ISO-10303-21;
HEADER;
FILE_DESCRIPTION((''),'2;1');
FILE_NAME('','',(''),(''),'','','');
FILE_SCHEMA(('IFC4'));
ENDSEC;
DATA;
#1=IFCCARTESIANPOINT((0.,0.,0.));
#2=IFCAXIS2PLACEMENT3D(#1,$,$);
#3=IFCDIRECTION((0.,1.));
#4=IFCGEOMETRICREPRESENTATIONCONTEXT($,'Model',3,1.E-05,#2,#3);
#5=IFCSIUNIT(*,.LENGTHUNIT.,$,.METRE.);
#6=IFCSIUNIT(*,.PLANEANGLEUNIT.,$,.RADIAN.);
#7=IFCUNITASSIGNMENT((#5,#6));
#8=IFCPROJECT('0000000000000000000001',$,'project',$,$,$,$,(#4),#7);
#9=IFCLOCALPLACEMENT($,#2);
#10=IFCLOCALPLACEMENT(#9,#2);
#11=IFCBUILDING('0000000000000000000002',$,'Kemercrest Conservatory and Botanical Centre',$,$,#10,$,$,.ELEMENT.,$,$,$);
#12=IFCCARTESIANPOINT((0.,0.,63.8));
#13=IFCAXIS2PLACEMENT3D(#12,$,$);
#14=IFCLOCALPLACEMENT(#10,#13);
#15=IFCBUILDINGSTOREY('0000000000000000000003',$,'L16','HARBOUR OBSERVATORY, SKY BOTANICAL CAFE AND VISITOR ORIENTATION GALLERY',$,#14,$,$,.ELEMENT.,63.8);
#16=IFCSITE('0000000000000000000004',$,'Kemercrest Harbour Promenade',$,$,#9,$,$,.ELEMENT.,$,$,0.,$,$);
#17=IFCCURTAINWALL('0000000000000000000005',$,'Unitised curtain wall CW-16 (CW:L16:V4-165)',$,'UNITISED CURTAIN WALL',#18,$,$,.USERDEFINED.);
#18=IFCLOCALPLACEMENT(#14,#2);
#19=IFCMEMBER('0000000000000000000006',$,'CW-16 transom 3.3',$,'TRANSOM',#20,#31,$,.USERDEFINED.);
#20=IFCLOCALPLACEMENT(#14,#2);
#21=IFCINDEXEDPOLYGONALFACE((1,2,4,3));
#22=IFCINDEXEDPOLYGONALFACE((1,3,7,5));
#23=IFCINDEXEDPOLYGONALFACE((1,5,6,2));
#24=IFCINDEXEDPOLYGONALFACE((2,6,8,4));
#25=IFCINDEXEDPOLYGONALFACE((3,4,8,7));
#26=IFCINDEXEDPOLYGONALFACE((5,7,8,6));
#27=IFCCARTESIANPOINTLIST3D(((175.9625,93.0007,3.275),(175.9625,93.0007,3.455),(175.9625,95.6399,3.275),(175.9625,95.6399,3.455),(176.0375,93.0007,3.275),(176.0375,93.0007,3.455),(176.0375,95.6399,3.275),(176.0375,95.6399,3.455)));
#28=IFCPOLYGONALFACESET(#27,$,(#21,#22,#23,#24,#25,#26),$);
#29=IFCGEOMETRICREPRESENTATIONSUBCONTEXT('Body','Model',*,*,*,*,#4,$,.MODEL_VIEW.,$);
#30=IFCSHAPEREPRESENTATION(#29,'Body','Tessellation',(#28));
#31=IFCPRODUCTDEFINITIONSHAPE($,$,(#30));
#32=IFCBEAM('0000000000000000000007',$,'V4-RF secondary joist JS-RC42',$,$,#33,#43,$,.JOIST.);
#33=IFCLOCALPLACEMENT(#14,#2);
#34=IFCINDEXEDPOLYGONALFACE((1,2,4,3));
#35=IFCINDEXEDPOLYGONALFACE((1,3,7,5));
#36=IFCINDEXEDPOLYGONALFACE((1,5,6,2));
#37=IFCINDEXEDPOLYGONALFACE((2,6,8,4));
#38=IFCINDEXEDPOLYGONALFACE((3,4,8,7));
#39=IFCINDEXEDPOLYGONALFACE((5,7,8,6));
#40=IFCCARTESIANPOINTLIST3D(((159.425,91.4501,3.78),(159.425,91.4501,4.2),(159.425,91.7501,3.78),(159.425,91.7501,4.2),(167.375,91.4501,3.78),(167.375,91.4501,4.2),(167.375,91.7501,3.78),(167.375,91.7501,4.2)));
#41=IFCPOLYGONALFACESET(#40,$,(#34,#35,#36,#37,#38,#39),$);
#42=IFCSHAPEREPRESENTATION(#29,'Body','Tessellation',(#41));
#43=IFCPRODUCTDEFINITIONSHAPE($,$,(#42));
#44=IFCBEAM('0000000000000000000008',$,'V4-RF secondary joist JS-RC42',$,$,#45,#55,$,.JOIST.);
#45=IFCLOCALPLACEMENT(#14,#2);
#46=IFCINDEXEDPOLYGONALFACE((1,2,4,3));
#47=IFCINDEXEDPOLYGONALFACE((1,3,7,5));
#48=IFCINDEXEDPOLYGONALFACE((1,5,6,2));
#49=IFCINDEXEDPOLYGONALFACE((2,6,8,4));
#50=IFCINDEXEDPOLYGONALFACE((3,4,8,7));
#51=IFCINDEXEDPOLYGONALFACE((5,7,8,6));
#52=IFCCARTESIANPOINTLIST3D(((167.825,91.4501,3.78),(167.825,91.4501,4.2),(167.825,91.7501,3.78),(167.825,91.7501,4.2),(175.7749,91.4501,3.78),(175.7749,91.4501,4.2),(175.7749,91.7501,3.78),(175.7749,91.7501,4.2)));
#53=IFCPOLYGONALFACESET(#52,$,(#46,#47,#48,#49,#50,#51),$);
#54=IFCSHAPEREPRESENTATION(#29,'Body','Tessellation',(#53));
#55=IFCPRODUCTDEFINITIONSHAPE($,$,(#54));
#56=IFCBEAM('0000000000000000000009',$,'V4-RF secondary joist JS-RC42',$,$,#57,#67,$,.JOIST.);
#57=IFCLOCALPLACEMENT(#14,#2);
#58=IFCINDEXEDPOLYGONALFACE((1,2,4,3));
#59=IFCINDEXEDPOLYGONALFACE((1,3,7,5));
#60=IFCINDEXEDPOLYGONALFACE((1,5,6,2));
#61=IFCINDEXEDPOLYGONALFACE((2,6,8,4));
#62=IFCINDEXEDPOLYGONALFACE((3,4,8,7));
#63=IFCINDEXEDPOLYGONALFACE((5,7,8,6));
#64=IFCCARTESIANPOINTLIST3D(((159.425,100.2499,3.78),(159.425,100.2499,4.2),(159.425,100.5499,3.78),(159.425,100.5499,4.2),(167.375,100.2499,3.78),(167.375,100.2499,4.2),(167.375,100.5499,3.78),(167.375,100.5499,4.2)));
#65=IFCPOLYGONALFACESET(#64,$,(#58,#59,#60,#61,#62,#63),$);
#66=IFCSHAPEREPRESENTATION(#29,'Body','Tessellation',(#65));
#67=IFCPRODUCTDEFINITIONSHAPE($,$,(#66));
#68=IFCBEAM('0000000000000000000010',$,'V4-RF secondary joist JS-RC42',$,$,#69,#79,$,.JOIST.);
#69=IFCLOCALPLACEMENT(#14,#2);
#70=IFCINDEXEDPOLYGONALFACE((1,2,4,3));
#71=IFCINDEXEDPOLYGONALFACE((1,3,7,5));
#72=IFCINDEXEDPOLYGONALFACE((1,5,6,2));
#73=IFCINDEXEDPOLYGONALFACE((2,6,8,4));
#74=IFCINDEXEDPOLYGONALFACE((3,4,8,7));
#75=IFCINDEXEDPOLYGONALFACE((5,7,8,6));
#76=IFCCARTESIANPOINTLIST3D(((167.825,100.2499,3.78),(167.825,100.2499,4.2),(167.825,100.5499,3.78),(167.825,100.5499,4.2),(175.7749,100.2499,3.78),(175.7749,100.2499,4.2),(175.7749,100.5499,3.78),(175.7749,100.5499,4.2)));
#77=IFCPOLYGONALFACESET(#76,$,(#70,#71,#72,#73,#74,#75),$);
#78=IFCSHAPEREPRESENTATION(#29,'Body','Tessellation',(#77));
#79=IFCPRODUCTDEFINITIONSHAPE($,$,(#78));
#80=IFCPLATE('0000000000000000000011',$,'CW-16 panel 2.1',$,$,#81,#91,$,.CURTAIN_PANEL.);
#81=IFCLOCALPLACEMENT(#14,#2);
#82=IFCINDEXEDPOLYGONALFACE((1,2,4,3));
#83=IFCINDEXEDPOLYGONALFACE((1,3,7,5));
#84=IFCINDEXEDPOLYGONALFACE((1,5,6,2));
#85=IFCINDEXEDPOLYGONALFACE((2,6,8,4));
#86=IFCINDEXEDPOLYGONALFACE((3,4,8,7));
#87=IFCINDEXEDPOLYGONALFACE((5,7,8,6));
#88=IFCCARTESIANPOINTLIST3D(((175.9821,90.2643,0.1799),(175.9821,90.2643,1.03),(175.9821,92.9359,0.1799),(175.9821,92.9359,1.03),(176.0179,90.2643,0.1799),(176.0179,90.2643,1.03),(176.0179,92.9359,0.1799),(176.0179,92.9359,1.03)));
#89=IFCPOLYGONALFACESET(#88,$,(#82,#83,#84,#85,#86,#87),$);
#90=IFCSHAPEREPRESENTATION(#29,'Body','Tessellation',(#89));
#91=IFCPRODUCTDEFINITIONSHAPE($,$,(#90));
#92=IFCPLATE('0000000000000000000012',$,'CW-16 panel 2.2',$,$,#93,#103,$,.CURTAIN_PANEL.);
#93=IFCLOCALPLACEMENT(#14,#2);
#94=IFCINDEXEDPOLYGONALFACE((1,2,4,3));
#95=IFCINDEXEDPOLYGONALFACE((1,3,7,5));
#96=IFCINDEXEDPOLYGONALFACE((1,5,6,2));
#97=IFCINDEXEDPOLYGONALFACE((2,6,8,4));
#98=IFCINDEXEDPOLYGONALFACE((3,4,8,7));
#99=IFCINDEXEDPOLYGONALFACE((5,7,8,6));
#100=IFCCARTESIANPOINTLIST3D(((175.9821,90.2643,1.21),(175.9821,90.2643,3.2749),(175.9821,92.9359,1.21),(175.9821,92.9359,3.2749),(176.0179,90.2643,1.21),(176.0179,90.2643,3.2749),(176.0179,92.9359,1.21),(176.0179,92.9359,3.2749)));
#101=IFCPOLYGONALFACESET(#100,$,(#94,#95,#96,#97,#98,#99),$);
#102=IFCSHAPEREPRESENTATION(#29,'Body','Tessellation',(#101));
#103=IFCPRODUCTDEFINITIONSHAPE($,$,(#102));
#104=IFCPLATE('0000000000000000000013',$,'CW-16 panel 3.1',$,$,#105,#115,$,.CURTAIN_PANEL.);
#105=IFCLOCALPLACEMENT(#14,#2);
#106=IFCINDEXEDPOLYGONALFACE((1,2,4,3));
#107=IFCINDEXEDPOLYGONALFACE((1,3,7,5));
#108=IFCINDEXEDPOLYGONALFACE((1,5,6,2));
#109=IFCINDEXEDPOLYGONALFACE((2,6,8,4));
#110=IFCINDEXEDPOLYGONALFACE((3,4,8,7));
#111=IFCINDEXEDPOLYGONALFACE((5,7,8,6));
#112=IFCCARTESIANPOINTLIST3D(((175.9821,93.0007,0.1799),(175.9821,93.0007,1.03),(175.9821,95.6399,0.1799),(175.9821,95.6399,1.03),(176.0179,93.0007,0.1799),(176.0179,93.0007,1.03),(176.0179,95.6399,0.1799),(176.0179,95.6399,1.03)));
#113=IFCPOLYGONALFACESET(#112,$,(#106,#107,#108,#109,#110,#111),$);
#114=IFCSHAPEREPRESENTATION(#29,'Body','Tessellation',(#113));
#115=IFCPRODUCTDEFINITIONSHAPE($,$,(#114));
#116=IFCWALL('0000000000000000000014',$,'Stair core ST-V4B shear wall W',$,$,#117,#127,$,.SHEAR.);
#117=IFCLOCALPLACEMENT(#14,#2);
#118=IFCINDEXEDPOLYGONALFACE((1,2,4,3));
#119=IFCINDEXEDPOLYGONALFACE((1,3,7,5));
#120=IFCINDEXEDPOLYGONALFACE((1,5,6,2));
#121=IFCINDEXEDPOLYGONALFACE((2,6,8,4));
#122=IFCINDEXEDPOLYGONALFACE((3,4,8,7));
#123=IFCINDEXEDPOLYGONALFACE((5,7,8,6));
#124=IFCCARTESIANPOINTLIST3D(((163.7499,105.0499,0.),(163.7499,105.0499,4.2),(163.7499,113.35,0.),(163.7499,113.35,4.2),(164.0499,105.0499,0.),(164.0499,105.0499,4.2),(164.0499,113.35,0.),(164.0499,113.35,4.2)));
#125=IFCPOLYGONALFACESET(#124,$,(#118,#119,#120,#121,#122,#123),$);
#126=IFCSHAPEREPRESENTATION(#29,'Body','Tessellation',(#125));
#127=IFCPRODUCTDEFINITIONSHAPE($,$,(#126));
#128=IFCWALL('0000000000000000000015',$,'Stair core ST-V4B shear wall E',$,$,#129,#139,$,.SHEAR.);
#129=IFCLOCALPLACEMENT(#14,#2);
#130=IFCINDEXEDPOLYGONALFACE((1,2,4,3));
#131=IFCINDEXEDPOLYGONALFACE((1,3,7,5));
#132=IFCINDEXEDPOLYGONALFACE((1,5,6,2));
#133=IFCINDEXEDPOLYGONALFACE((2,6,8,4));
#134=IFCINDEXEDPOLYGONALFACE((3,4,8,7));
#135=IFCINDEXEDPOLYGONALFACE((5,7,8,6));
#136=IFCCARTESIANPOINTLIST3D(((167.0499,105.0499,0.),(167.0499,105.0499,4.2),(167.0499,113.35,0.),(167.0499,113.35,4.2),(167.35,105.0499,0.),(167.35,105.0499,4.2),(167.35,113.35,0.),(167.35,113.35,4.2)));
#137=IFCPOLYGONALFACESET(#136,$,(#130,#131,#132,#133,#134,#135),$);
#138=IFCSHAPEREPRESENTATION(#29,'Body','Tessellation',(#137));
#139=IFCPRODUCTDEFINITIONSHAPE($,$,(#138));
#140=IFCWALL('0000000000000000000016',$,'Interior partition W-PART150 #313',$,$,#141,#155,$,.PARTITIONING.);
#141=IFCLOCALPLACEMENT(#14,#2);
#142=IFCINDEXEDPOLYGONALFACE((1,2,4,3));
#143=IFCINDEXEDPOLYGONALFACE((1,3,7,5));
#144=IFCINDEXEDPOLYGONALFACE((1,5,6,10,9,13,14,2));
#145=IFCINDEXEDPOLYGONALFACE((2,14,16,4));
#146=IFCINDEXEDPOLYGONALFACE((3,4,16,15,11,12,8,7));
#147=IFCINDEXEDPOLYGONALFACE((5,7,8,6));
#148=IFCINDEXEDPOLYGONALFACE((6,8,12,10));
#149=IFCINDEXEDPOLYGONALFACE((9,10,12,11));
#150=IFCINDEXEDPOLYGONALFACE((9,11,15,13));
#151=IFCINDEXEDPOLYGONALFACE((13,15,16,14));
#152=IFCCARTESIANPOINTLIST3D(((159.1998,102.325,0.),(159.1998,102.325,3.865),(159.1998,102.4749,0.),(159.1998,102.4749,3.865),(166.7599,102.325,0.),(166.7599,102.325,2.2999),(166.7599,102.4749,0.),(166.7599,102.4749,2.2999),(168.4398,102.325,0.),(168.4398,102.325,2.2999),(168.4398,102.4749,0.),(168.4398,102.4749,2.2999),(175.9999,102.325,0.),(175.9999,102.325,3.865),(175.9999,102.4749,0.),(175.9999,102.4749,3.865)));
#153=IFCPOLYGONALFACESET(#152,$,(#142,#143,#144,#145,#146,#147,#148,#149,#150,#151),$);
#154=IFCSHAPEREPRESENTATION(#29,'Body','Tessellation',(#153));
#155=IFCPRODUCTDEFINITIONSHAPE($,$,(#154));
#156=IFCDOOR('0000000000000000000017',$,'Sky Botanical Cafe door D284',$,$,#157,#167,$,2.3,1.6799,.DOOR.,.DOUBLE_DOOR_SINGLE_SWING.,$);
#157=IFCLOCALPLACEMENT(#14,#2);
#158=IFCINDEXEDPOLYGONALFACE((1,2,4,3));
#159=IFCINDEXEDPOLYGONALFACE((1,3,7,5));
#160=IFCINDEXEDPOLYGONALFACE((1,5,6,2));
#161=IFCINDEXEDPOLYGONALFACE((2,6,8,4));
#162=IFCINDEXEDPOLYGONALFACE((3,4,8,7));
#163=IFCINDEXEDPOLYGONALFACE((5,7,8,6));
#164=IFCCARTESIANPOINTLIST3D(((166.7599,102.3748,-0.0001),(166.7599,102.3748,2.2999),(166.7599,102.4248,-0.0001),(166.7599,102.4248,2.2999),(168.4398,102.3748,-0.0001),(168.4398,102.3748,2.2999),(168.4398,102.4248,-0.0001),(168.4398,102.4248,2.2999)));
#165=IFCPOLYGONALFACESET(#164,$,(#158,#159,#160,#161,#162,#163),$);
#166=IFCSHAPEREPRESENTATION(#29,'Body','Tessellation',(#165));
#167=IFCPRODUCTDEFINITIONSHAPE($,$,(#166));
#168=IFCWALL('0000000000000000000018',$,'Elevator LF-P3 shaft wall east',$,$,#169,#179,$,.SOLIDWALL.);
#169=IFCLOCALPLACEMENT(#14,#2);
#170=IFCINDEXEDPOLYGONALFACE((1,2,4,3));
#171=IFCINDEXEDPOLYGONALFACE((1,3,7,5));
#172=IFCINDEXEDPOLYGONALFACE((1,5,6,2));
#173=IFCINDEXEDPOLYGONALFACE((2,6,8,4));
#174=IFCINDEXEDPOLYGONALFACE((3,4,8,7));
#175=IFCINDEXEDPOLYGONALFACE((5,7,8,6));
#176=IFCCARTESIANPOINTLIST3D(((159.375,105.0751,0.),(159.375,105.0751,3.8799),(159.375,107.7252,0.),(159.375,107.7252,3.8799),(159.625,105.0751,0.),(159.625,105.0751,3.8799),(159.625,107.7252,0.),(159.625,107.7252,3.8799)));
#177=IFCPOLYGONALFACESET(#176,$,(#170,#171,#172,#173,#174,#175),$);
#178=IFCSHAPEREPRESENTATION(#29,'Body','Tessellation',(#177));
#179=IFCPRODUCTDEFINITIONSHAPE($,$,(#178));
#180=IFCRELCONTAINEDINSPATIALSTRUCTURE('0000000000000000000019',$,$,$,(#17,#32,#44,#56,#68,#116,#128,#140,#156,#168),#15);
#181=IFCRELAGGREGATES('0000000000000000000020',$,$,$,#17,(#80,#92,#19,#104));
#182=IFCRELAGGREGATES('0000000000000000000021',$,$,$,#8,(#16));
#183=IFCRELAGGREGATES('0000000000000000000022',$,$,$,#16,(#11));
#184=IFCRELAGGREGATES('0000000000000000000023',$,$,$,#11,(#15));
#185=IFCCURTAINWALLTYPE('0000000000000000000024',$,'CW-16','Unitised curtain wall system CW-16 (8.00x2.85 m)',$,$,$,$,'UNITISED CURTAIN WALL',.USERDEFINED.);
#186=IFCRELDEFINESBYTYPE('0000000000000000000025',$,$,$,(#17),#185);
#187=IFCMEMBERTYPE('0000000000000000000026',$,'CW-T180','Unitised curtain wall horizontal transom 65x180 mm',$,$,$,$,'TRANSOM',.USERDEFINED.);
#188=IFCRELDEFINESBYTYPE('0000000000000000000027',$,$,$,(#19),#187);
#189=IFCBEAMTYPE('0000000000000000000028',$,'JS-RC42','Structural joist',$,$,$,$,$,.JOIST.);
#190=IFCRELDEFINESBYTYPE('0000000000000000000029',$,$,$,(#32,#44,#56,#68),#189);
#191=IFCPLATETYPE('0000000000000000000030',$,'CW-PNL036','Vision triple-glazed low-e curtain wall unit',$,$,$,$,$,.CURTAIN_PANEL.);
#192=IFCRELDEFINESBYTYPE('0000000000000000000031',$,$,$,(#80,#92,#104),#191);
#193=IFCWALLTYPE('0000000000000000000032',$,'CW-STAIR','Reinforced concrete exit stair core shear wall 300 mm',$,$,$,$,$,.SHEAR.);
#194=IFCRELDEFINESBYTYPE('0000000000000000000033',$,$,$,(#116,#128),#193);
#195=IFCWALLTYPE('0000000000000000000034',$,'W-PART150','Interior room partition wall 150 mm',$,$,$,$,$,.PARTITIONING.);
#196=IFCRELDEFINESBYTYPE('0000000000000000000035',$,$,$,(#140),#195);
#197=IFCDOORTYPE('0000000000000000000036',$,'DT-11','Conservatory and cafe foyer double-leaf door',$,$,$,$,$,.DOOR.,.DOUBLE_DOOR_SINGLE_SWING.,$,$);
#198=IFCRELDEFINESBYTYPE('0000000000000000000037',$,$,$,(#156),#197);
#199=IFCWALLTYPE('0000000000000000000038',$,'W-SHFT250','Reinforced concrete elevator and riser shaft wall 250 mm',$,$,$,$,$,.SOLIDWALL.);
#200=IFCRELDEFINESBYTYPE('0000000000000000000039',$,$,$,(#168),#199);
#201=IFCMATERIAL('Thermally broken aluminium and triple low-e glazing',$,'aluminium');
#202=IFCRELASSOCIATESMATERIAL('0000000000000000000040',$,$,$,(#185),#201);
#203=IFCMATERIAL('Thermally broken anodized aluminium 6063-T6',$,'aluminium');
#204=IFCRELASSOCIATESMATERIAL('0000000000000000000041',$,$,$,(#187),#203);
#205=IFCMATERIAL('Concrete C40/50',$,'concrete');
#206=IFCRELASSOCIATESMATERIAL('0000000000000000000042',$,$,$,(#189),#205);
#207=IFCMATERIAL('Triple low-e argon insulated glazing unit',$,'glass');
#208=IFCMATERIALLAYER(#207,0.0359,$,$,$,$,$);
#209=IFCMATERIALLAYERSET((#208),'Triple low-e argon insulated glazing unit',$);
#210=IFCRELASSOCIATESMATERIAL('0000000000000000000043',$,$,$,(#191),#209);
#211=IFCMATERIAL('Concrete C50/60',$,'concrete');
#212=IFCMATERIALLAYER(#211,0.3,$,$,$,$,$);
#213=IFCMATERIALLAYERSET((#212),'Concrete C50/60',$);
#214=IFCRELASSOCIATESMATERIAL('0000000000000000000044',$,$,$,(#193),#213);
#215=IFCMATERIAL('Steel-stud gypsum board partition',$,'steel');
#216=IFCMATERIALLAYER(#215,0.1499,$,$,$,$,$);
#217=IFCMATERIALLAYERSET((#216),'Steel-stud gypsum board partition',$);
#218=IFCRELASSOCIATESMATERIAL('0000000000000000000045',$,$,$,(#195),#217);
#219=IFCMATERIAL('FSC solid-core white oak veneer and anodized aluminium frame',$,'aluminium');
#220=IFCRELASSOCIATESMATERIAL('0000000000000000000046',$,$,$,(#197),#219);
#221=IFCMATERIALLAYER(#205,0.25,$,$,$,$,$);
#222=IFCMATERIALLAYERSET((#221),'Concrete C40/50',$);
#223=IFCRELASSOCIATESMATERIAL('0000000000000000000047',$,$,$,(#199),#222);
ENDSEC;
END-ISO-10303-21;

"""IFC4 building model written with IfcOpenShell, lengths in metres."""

from ifc_helpers import new_model, si_unit, direction, frame, frame_2d, origin, origin_2d, place, context, subcontext, project, spatial, rectangle, extrude, material, layer, layer_set, material_profile, profile_set, type_object, element, fill, aggregate, save


model = new_model("IFC4")

# Units and contexts
model_context = context("Model", 3, precision=1e-05, world=origin(), true_north=direction((0.0, 1.0)))
body_context = subcontext(model_context, "Body", "Model", "MODEL_VIEW")
ifc_project = project(units=[si_unit("LENGTHUNIT", "METRE"), si_unit("PLANEANGLEUNIT", "RADIAN")], contexts=[model_context])

# Site, building, storey
site_placement = place(None, origin())
site = spatial("IfcSite", under=ifc_project, at=site_placement, Name="Kemercrest Harbour Promenade", CompositionType="ELEMENT", RefElevation=0.0)
building_placement = place(site_placement, origin())
building = spatial("IfcBuilding", under=site, at=building_placement, Name="Kemercrest Conservatory and Botanical Centre", CompositionType="ELEMENT")
storey_placement = place(building_placement, frame((0.0, 0.0, 63.8)))
storey = spatial("IfcBuildingStorey", under=building, at=storey_placement, Name="L16", Description="HARBOUR OBSERVATORY, SKY BOTANICAL CAFE AND VISITOR ORIENTATION GALLERY", CompositionType="ELEMENT", Elevation=63.8)

# Shared definitions
ifc_material_1 = material(Name="Concrete C40/50", Category="concrete")

# Curtain wall, member
ifc_material_2 = material(Name="Thermally broken aluminium and triple low-e glazing", Category="aluminium")
curtain_wall_type = type_object("IfcCurtainWallType", Name="CW-16", Description="Unitised curtain wall system CW-16 (8.00x2.85 m)", ElementType="UNITISED CURTAIN WALL", PredefinedType="USERDEFINED", material=ifc_material_2)
curtain_wall_placement = place(storey_placement, origin())
curtain_wall = element("IfcCurtainWall", 1, at=curtain_wall_placement, inside=storey, type_object=curtain_wall_type, Name="Unitised curtain wall CW-16 (CW:L16:V4-165)", ObjectType="UNITISED CURTAIN WALL", PredefinedType="USERDEFINED")
ifc_material_3 = material(Name="Thermally broken anodized aluminium 6063-T6", Category="aluminium")
ifc_material_profile_1 = material_profile(ifc_material_3, rectangle(XDim=0.075, YDim=0.1799, at=origin_2d()), Name="AL TRANSOM 75x180")
ifc_profile_set_1 = profile_set([ifc_material_profile_1], Name="Thermally broken anodized aluminium 6063-T6")
member_type_1 = type_object("IfcMemberType", Name="CW-T180", Description="Unitised curtain wall horizontal transom 65x180 mm", ElementType="TRANSOM", PredefinedType="USERDEFINED", material=ifc_profile_set_1)
member_1_placement = place(storey_placement, frame((176.0, 93.0007, 3.365), z_axis=(0.0, 1.0, 0.0), x_axis=(-1.0, 0.0, 0.0)))
member_1 = element("IfcMember", 2, at=member_1_placement, type_object=member_type_1, Name="CW-16 transom 3.3", ObjectType="TRANSOM", PredefinedType="USERDEFINED", context=body_context, shape_type="SweptSolid", body=[
    extrude(rectangle(XDim=0.075, YDim=0.1799, at=origin_2d()), origin(), (0.0, 0.0, 1.0), 2.6392),
])

# Beams
ifc_material_profile_2 = material_profile(ifc_material_1, rectangle(XDim=0.3, YDim=0.4199, at=origin_2d()), Name="RC 300x420")
ifc_profile_set_2 = profile_set([ifc_material_profile_2], Name="Concrete C40/50")
beam_type_1 = type_object("IfcBeamType", Name="JS-RC42", Description="Structural joist", PredefinedType="JOIST", material=ifc_profile_set_2)
for number, where, z_axis, x_axis, name in (
    (3, (159.425, 91.6001, 3.99), (1.0, 0.0, 0.0), (0.0, 1.0, 0.0), "V4-RF secondary joist JS-RC42"),
    (4, (167.825, 91.6001, 3.99), (1.0, 0.0, 0.0), (0.0, 1.0, 0.0), "V4-RF secondary joist JS-RC42"),
    (5, (159.425, 100.3999, 3.99), (1.0, 0.0, 0.0), (0.0, 1.0, 0.0), "V4-RF secondary joist JS-RC42"),
    (6, (167.825, 100.3999, 3.99), (1.0, 0.0, 0.0), (0.0, 1.0, 0.0), "V4-RF secondary joist JS-RC42"),
):
    element("IfcBeam", number, at=place(storey_placement, frame(where, z_axis=z_axis, x_axis=x_axis)), inside=storey, type_object=beam_type_1, Name=name, PredefinedType="JOIST", context=body_context, shape_type="SweptSolid", body=[
        extrude(rectangle(XDim=0.3, YDim=0.4199, at=origin_2d()), origin(), (0.0, 0.0, 1.0), 7.95),
    ])

# Plates
ifc_material_4 = material(Name="Triple low-e argon insulated glazing unit", Category="glass")
ifc_layer_1 = layer(ifc_material_4, 0.0359)
ifc_layer_set_1 = layer_set([ifc_layer_1], Name="Triple low-e argon insulated glazing unit")
plate_type = type_object("IfcPlateType", Name="CW-PNL036", Description="Vision triple-glazed low-e curtain wall unit", PredefinedType="CURTAIN_PANEL", material=ifc_layer_set_1)
plate_1_placement = place(storey_placement, frame((176.0, 91.6001, 0.1799), z_axis=(0.0, 0.0, 1.0), x_axis=(0.0, 1.0, 0.0)))
plate_1 = element("IfcPlate", 7, at=plate_1_placement, type_object=plate_type, Name="CW-16 panel 2.1", PredefinedType="CURTAIN_PANEL", context=body_context, shape_type="SweptSolid", body=[
    extrude(rectangle(XDim=2.6716, YDim=0.0359, at=origin_2d()), origin(), (0.0, 0.0, 1.0), 0.8501),
])
plate_2_placement = place(storey_placement, frame((176.0, 91.6001, 1.21), z_axis=(0.0, 0.0, 1.0), x_axis=(0.0, 1.0, 0.0)))
plate_2 = element("IfcPlate", 8, at=plate_2_placement, type_object=plate_type, Name="CW-16 panel 2.2", PredefinedType="CURTAIN_PANEL", context=body_context, shape_type="SweptSolid", body=[
    extrude(rectangle(XDim=2.6716, YDim=0.0359, at=origin_2d()), origin(), (0.0, 0.0, 1.0), 2.0649),
])
plate_3_placement = place(storey_placement, frame((176.0, 94.3203, 0.1799), z_axis=(0.0, 0.0, 1.0), x_axis=(0.0, 1.0, 0.0)))
plate_3 = element("IfcPlate", 9, at=plate_3_placement, type_object=plate_type, Name="CW-16 panel 3.1", PredefinedType="CURTAIN_PANEL", context=body_context, shape_type="SweptSolid", body=[
    extrude(rectangle(XDim=2.6392, YDim=0.0359, at=origin_2d()), origin(), (0.0, 0.0, 1.0), 0.8501),
])
aggregate(curtain_wall, [plate_1, plate_2, member_1, plate_3])

# Walls
ifc_material_5 = material(Name="Concrete C50/60", Category="concrete")
ifc_layer_2 = layer(ifc_material_5, 0.3)
ifc_layer_set_2 = layer_set([ifc_layer_2], Name="Concrete C50/60")
wall_type_1 = type_object("IfcWallType", Name="CW-STAIR", Description="Reinforced concrete exit stair core shear wall 300 mm", PredefinedType="SHEAR", material=ifc_layer_set_2)
for number, where, z_axis, x_axis, name in (
    (10, (163.8999, 105.05, 0.0), (0.0, 0.0, 1.0), (0.0, 1.0, 0.0), "Stair core ST-V4B shear wall W"),
    (11, (167.2, 105.05, 0.0), (0.0, 0.0, 1.0), (0.0, 1.0, 0.0), "Stair core ST-V4B shear wall E"),
):
    element("IfcWall", number, at=place(storey_placement, frame(where, z_axis=z_axis, x_axis=x_axis)), inside=storey, type_object=wall_type_1, Name=name, PredefinedType="SHEAR", context=body_context, shape_type="SweptSolid", body=[
        extrude(rectangle(XDim=8.3, YDim=0.3, at=frame_2d((4.1499, 0.0))), origin(), (0.0, 0.0, 1.0), 4.2),
    ])

# Wall, opening, door
ifc_material_6 = material(Name="Steel-stud gypsum board partition", Category="steel")
ifc_layer_3 = layer(ifc_material_6, 0.1499)
ifc_layer_set_3 = layer_set([ifc_layer_3], Name="Steel-stud gypsum board partition")
wall_type_2 = type_object("IfcWallType", Name="W-PART150", Description="Interior room partition wall 150 mm", PredefinedType="PARTITIONING", material=ifc_layer_set_3)
wall_1_placement = place(storey_placement, frame((159.2, 102.3999, 0.0), z_axis=(0.0, 0.0, 1.0), x_axis=(1.0, 0.0, 0.0)))
wall_1 = element("IfcWall", 12, at=wall_1_placement, inside=storey, type_object=wall_type_2, Name="Interior partition W-PART150 #313", PredefinedType="PARTITIONING", context=body_context, shape_type="SweptSolid", body=[
    extrude(rectangle(XDim=16.8, YDim=0.1499, at=frame_2d((8.3999, 0.0))), origin(), (0.0, 0.0, 1.0), 3.865),
])
opening_1_placement = place(wall_1_placement, frame((7.5601, 0.0, 0.0)))
opening_1 = element("IfcOpeningElement", 13, at=opening_1_placement, cuts=wall_1, PredefinedType="OPENING", context=body_context, shape_type="SweptSolid", body=[
    extrude(rectangle(XDim=1.6799, YDim=2.3, at=frame_2d((0.8398, 1.1499))), frame((0.0, 0.085, 0.0), z_axis=(0.0, -1.0, 0.0), x_axis=(1.0, 0.0, 0.0)), (0.0, 0.0, 1.0), 0.1699),
])
ifc_material_7 = material(Name="FSC solid-core white oak veneer and anodized aluminium frame", Category="aluminium")
door_type_1 = type_object("IfcDoorType", Name="DT-11", Description="Conservatory and cafe foyer double-leaf door", OperationType="DOUBLE_DOOR_SINGLE_SWING", PredefinedType="DOOR", material=ifc_material_7)
door_1_placement = place(opening_1_placement, origin())
door_1 = element("IfcDoor", 14, at=door_1_placement, inside=storey, type_object=door_type_1, Name="Sky Botanical Cafe door D284", OperationType="DOUBLE_DOOR_SINGLE_SWING", OverallHeight=2.3, OverallWidth=1.6799, PredefinedType="DOOR", context=body_context, shape_type="SweptSolid", body=[
    extrude(rectangle(XDim=1.6799, YDim=2.3, at=frame_2d((0.8398, 1.1499))), frame((0.0, 0.0249, 0.0), z_axis=(0.0, -1.0, 0.0), x_axis=(1.0, 0.0, 0.0)), (0.0, 0.0, 1.0), 0.05),
])
fill(opening_1, door_1)

# Wall
ifc_layer_4 = layer(ifc_material_1, 0.25)
ifc_layer_set_4 = layer_set([ifc_layer_4], Name="Concrete C40/50")
wall_type_3 = type_object("IfcWallType", Name="W-SHFT250", Description="Reinforced concrete elevator and riser shaft wall 250 mm", PredefinedType="SOLIDWALL", material=ifc_layer_set_4)
wall_2_placement = place(storey_placement, frame((159.5, 105.075, 0.0), z_axis=(0.0, 0.0, 1.0), x_axis=(0.0, 1.0, 0.0)))
element("IfcWall", 15, at=wall_2_placement, inside=storey, type_object=wall_type_3, Name="Elevator LF-P3 shaft wall east", PredefinedType="SOLIDWALL", context=body_context, shape_type="SweptSolid", body=[
    extrude(rectangle(XDim=2.6501, YDim=0.25, at=frame_2d((1.3252, 0.0))), origin(), (0.0, 0.0, 1.0), 3.8799),
])

save(model, "model.ifc")
